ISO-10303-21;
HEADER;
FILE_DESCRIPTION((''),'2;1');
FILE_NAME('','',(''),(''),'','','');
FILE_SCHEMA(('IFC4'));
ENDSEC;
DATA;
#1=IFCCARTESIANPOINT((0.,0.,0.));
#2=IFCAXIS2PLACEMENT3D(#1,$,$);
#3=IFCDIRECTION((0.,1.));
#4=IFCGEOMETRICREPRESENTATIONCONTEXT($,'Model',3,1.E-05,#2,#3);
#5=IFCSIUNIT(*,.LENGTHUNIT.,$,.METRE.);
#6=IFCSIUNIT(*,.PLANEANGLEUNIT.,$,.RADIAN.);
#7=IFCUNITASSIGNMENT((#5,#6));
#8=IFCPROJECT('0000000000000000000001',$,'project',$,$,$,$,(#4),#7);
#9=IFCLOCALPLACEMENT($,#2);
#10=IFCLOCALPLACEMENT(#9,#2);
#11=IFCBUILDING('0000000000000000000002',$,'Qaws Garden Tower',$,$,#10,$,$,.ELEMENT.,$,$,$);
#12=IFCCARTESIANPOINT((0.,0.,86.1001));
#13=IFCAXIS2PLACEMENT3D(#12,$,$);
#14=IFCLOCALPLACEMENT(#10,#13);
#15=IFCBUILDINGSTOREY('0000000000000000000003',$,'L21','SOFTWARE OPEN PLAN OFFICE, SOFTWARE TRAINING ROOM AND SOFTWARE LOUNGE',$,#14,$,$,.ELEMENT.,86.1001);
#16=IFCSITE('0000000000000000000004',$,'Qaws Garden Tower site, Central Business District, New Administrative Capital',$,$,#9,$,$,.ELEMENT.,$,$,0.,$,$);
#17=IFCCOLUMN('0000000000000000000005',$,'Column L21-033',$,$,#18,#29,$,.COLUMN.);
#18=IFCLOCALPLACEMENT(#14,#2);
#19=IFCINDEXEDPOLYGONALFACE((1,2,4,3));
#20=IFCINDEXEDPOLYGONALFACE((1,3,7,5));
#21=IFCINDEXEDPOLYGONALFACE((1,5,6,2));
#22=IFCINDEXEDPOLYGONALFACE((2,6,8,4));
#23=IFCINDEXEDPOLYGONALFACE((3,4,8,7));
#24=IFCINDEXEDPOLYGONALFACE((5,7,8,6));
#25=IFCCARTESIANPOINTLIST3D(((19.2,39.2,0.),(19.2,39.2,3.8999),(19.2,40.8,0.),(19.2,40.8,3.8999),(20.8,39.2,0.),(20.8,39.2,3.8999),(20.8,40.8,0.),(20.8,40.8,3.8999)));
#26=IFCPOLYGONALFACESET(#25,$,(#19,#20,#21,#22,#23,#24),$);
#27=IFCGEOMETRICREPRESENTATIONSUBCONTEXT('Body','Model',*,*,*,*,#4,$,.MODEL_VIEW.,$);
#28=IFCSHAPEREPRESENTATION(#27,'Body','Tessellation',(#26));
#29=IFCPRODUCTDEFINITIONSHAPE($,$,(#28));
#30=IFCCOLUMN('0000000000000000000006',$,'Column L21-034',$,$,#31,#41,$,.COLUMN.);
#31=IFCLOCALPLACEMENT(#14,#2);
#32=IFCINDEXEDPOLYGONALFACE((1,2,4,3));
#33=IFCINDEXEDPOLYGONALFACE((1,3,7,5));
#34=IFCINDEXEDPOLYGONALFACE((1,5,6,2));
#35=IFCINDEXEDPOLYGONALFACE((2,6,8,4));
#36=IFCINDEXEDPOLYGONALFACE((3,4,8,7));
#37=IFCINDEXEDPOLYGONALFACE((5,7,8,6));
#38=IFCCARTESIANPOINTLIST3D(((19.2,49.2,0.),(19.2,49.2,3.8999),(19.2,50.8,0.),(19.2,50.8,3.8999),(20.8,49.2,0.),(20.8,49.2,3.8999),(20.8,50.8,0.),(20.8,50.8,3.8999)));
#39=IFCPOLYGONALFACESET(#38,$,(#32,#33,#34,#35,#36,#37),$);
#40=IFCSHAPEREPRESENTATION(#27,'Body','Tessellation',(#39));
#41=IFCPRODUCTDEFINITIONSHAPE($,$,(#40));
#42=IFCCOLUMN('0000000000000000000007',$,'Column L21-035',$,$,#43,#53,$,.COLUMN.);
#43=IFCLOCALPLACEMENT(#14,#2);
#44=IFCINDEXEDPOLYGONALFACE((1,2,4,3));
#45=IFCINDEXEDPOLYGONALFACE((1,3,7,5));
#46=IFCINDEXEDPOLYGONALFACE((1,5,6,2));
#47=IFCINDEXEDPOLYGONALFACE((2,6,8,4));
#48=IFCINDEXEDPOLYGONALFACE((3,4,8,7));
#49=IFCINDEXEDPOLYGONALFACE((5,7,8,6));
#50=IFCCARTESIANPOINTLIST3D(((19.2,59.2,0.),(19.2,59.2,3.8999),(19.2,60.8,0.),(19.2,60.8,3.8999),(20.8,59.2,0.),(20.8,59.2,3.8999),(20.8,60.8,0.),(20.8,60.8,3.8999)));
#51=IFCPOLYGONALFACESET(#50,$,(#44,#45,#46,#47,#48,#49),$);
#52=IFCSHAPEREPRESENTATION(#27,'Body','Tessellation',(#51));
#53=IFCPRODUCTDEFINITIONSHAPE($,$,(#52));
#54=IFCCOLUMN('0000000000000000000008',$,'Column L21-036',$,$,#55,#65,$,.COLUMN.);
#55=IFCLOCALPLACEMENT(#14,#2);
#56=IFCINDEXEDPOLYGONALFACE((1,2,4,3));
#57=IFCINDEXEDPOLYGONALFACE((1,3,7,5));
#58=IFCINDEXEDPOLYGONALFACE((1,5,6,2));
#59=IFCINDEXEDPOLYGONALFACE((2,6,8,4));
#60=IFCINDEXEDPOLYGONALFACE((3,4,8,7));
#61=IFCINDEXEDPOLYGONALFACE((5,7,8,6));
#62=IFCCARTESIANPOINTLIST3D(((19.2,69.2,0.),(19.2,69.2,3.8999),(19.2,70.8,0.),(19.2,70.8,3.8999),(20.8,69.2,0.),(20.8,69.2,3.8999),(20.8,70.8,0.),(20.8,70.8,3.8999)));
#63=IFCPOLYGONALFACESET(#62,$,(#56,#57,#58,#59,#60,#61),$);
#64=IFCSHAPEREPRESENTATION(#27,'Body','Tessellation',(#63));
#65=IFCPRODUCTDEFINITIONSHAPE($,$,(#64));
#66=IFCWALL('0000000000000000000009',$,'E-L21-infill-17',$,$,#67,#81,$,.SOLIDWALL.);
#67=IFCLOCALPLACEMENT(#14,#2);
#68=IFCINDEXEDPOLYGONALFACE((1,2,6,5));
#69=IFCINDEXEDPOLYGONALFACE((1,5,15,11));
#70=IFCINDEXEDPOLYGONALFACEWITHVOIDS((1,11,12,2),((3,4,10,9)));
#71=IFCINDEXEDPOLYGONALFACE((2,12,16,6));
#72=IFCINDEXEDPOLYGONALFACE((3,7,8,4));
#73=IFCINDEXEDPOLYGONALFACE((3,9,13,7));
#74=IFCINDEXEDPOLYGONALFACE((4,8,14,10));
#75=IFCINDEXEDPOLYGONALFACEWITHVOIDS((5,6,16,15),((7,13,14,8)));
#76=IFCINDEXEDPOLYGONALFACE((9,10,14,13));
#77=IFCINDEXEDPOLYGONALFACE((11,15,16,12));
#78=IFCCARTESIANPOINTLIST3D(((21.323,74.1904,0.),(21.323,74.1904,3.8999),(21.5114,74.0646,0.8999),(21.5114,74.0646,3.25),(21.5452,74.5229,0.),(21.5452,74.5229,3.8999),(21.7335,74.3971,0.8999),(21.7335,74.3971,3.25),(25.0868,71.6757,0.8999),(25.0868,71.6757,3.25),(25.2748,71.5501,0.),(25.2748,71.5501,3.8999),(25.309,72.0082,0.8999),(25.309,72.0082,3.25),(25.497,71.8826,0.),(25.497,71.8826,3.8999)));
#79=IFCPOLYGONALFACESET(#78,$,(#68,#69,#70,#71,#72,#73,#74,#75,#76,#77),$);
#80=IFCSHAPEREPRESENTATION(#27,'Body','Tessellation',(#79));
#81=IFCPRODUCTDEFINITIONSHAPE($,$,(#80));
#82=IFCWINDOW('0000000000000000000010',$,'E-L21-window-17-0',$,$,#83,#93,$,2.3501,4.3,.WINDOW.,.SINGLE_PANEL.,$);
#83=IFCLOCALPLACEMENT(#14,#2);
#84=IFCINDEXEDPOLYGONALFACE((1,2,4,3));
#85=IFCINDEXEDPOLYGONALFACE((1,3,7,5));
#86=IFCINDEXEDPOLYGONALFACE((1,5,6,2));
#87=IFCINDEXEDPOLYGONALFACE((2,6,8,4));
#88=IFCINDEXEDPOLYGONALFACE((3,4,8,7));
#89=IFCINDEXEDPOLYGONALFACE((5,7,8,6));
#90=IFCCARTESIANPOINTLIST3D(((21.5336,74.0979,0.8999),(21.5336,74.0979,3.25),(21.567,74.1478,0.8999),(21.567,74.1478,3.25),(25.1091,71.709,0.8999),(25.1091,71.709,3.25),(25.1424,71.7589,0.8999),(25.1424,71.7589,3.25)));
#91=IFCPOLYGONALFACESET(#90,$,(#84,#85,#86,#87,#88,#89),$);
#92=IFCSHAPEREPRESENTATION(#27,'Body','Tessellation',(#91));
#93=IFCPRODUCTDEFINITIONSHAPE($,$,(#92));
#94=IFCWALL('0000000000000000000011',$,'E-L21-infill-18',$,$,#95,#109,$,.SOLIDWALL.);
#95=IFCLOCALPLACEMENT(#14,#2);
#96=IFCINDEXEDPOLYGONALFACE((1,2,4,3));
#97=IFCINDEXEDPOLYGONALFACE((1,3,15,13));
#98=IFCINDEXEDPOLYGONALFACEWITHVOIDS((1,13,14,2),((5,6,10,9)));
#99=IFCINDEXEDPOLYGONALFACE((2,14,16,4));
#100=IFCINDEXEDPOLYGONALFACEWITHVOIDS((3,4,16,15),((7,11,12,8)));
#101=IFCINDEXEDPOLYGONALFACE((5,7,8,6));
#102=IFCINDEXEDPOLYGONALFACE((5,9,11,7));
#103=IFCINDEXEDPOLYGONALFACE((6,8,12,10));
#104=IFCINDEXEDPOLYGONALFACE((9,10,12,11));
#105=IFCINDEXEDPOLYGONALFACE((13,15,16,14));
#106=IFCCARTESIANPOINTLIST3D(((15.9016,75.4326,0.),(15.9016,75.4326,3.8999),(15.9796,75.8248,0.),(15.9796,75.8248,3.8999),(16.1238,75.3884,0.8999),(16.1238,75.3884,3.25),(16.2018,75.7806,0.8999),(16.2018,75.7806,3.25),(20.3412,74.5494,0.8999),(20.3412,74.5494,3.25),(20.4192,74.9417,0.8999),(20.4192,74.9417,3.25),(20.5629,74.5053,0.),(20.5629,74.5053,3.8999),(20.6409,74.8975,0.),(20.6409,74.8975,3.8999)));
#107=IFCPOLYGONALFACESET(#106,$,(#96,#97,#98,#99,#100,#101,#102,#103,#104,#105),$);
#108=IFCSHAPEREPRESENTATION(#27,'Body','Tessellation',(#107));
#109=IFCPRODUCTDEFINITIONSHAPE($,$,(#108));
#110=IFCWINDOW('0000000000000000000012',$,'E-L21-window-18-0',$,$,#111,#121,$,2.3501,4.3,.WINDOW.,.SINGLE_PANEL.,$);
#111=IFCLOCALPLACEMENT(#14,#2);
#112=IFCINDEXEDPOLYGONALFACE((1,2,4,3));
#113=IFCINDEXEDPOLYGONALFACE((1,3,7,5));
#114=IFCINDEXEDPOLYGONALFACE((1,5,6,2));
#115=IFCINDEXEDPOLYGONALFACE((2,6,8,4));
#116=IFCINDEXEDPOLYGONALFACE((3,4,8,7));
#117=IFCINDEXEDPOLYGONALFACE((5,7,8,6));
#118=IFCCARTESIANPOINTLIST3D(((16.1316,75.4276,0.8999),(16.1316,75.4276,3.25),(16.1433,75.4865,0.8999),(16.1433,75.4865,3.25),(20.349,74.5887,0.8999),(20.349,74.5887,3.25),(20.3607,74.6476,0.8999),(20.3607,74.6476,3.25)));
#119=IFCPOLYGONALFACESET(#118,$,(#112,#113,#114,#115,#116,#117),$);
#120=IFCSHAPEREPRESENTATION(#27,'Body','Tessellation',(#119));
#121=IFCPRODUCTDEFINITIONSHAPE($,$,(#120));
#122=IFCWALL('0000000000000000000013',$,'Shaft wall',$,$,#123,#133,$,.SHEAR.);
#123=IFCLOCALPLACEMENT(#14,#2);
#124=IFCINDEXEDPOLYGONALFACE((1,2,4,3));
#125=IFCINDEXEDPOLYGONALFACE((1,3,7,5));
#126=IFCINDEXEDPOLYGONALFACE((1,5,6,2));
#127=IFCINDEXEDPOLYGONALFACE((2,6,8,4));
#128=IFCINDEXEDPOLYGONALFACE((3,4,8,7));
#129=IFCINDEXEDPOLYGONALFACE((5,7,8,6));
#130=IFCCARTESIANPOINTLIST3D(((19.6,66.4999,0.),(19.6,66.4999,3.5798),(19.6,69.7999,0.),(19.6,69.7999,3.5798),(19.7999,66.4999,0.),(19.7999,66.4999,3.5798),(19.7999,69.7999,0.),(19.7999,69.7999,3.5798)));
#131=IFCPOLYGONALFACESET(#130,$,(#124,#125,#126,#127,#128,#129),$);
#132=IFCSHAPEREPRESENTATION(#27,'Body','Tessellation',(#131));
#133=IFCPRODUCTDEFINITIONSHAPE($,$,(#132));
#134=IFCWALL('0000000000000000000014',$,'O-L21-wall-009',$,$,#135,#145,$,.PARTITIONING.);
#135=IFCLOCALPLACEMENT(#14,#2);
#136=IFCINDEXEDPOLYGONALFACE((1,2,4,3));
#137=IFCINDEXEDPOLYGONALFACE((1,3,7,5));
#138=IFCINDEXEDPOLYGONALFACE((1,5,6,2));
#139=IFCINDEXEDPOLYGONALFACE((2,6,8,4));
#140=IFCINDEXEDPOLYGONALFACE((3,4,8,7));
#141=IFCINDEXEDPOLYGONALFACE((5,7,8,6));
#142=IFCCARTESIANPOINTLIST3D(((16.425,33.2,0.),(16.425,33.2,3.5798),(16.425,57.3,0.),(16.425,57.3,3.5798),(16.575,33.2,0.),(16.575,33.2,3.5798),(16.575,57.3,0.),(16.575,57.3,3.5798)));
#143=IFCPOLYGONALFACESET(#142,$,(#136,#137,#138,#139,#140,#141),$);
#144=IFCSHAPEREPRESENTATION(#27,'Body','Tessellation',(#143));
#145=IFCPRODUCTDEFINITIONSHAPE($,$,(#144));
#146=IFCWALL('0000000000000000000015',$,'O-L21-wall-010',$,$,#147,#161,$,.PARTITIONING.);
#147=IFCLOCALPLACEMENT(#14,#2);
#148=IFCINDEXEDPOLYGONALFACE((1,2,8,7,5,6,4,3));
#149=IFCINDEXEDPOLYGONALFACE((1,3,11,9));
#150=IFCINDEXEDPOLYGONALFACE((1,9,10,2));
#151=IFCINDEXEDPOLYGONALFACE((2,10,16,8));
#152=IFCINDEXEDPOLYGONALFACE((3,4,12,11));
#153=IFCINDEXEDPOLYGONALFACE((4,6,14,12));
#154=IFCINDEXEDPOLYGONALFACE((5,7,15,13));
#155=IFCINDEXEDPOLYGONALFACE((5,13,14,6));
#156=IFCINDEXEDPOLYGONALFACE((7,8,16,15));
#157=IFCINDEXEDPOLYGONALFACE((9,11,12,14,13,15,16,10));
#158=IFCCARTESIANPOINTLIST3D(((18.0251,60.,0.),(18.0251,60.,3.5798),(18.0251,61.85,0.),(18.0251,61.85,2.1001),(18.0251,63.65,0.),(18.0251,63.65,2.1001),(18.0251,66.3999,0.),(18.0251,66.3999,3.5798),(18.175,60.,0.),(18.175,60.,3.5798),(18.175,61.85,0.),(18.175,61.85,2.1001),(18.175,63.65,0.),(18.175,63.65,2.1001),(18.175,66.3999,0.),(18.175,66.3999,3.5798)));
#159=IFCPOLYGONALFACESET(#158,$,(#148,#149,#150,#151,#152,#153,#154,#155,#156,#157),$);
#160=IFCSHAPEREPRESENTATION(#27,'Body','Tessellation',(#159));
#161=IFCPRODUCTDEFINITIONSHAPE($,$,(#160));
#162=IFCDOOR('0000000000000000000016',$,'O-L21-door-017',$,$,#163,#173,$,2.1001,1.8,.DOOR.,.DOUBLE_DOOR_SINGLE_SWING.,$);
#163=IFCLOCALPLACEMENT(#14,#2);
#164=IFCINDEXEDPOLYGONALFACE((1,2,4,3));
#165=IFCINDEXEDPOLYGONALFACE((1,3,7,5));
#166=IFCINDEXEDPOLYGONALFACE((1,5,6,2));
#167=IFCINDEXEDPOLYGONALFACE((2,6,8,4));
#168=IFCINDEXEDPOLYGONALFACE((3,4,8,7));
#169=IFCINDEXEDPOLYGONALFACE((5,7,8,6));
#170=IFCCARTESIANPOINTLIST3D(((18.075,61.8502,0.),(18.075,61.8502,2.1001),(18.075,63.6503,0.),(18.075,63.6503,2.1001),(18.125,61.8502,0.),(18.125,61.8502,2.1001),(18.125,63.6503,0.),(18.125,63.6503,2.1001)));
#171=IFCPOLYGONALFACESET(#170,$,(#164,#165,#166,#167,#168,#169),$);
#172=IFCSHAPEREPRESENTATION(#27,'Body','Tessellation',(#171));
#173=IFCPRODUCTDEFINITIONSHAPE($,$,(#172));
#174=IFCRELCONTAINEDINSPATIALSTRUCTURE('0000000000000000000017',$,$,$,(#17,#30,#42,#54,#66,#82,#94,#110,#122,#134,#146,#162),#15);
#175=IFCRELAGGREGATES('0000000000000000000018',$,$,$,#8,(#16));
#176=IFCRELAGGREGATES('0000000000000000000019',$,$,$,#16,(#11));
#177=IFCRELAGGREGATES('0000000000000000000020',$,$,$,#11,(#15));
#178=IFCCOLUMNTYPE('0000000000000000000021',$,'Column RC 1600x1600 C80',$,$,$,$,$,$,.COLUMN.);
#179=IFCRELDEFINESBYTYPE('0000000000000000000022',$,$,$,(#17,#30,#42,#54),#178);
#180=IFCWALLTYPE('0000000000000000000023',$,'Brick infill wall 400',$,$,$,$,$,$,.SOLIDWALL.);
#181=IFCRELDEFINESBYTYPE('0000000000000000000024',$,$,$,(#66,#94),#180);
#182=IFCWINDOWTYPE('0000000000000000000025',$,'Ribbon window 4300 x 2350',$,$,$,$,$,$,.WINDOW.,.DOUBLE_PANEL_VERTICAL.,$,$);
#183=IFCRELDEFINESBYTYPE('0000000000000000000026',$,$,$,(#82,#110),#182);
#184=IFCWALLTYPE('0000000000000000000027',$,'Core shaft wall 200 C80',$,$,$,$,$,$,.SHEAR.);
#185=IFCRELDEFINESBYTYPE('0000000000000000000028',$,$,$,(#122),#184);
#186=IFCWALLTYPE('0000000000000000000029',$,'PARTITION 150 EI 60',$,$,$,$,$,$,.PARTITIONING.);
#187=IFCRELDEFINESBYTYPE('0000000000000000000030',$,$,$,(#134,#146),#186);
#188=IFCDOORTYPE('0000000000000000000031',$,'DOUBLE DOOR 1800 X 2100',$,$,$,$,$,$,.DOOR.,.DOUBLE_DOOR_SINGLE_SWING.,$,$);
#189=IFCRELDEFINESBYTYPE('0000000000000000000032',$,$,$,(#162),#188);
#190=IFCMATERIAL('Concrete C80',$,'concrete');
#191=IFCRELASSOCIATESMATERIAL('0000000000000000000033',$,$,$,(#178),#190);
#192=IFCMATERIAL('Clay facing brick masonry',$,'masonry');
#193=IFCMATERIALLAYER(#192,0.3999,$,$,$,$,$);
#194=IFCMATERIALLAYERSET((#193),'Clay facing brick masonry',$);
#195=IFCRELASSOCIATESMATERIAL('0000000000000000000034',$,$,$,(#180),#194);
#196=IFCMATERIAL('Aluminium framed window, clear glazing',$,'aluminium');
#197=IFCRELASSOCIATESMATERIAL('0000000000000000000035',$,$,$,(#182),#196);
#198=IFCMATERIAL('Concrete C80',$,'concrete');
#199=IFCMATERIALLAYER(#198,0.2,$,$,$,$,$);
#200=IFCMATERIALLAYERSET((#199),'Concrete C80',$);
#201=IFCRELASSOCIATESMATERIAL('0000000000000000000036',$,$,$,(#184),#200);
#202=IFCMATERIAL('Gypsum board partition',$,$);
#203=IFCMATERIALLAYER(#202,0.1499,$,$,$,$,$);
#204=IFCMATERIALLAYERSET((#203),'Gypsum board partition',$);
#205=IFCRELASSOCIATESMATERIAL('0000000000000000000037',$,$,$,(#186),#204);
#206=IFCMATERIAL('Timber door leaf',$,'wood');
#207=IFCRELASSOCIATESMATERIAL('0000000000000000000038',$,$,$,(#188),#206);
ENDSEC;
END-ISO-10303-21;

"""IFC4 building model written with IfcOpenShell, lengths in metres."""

from ifc_helpers import new_model, si_unit, direction, frame, frame_2d, origin, origin_2d, place, context, subcontext, project, spatial, rectangle, extrude, material, layer, layer_set, material_profile, profile_set, type_object, element, fill, save


model = new_model("IFC4")

# Units and contexts
model_context = context("Model", 3, precision=1e-05, world=origin(), true_north=direction((0.0, 1.0)))
body_context = subcontext(model_context, "Body", "Model", "MODEL_VIEW")
ifc_project = project(units=[si_unit("LENGTHUNIT", "METRE"), si_unit("PLANEANGLEUNIT", "RADIAN")], contexts=[model_context])

# Site, building, storey
site_placement = place(None, origin())
site = spatial("IfcSite", under=ifc_project, at=site_placement, Name="Qaws Garden Tower site, Central Business District, New Administrative Capital", CompositionType="ELEMENT", RefElevation=0.0)
building_placement = place(site_placement, origin())
building = spatial("IfcBuilding", under=site, at=building_placement, Name="Qaws Garden Tower", CompositionType="ELEMENT")
storey_placement = place(building_placement, frame((0.0, 0.0, 86.1001)))
storey = spatial("IfcBuildingStorey", under=building, at=storey_placement, Name="L21", Description="SOFTWARE OPEN PLAN OFFICE, SOFTWARE TRAINING ROOM AND SOFTWARE LOUNGE", CompositionType="ELEMENT", Elevation=86.1001)

# Columns
ifc_material_1 = material(Name="Concrete C80", Category="concrete")
ifc_material_profile = material_profile(ifc_material_1, rectangle(XDim=1.6001, YDim=1.6001, at=origin_2d()), Name="RC 1600x1600")
ifc_profile_set = profile_set([ifc_material_profile], Name="Concrete C80")
column_type = type_object("IfcColumnType", Name="Column RC 1600x1600 C80", PredefinedType="COLUMN", material=ifc_profile_set)
for number, where, z_axis, x_axis, name in (
    (1, (20.0, 40.0, 0.0), (0.0, 0.0, 1.0), (1.0, 0.0, 0.0), "Column L21-033"),
    (2, (20.0, 50.0, 0.0), (0.0, 0.0, 1.0), (1.0, 0.0, 0.0), "Column L21-034"),
    (3, (20.0, 60.0, 0.0), (0.0, 0.0, 1.0), (1.0, 0.0, 0.0), "Column L21-035"),
    (4, (20.0, 70.0, 0.0), (0.0, 0.0, 1.0), (1.0, 0.0, 0.0), "Column L21-036"),
):
    element("IfcColumn", number, at=place(storey_placement, frame(where, z_axis=z_axis, x_axis=x_axis)), inside=storey, type_object=column_type, Name=name, PredefinedType="COLUMN", context=body_context, shape_type="SweptSolid", body=[
        extrude(rectangle(XDim=1.6001, YDim=1.6001, at=origin_2d()), origin(), (0.0, 0.0, 1.0), 3.8999),
    ])

# Walls, openings, windows
ifc_material_2 = material(Name="Clay facing brick masonry", Category="masonry")
ifc_layer_1 = layer(ifc_material_2, 0.3999)
ifc_layer_set_1 = layer_set([ifc_layer_1], Name="Clay facing brick masonry")
wall_type_1 = type_object("IfcWallType", Name="Brick infill wall 400", PredefinedType="SOLIDWALL", material=ifc_layer_set_1)
wall_1_placement = place(storey_placement, frame((25.386, 71.7163, 0.0), z_axis=(0.0, 0.0, 1.0), x_axis=(-0.831489, 0.555542, 0.0)))
wall_1 = element("IfcWall", 5, at=wall_1_placement, inside=storey, type_object=wall_type_1, Name="E-L21-infill-17", PredefinedType="SOLIDWALL", context=body_context, shape_type="SweptSolid", body=[
    extrude(rectangle(XDim=4.7527, YDim=0.3999, at=frame_2d((2.3765, 0.0))), origin(), (0.0, 0.0, 1.0), 3.8999),
])
opening_1_placement = place(wall_1_placement, frame((0.2263, 0.0, 0.8999)))
opening_1 = element("IfcOpeningElement", 6, at=opening_1_placement, cuts=wall_1, PredefinedType="OPENING", context=body_context, shape_type="SweptSolid", body=[
    extrude(rectangle(XDim=4.3, YDim=2.3501, at=frame_2d((2.1499, 1.175))), frame((0.0, 0.21, 0.0), z_axis=(0.0, -1.0, 0.0), x_axis=(1.0, 0.0, 0.0)), (0.0, 0.0, 1.0), 0.4199),
])
ifc_material_3 = material(Name="Aluminium framed window, clear glazing", Category="aluminium")
window_type = type_object("IfcWindowType", Name="Ribbon window 4300 x 2350", PartitioningType="DOUBLE_PANEL_VERTICAL", PredefinedType="WINDOW", material=ifc_material_3)
window_1_placement = place(opening_1_placement, origin())
window_1 = element("IfcWindow", 7, at=window_1_placement, inside=storey, type_object=window_type, Name="E-L21-window-17-0", OverallHeight=2.3501, OverallWidth=4.3, PartitioningType="SINGLE_PANEL", PredefinedType="WINDOW", context=body_context, shape_type="SweptSolid", body=[
    extrude(rectangle(XDim=4.3, YDim=2.3501, at=frame_2d((2.1499, 1.175))), frame((0.0, 0.1599, 0.0), z_axis=(0.0, -1.0, 0.0), x_axis=(1.0, 0.0, 0.0)), (0.0, 0.0, 1.0), 0.0601),
])
fill(opening_1, window_1)
wall_2_placement = place(storey_placement, frame((20.6021, 74.7014, 0.0), z_axis=(0.0, 0.0, 1.0), x_axis=(-0.980784, 0.195099, 0.0)))
wall_2 = element("IfcWall", 8, at=wall_2_placement, inside=storey, type_object=wall_type_1, Name="E-L21-infill-18", PredefinedType="SOLIDWALL", context=body_context, shape_type="SweptSolid", body=[
    extrude(rectangle(XDim=4.7527, YDim=0.3999, at=frame_2d((2.3765, 0.0))), origin(), (0.0, 0.0, 1.0), 3.8999),
])
opening_2_placement = place(wall_2_placement, frame((0.2263, 0.0, 0.8999)))
opening_2 = element("IfcOpeningElement", 9, at=opening_2_placement, cuts=wall_2, PredefinedType="OPENING", context=body_context, shape_type="SweptSolid", body=[
    extrude(rectangle(XDim=4.3, YDim=2.3501, at=frame_2d((2.1499, 1.175))), frame((0.0, 0.21, 0.0), z_axis=(0.0, -1.0, 0.0), x_axis=(1.0, 0.0, 0.0)), (0.0, 0.0, 1.0), 0.4199),
])
window_2_placement = place(opening_2_placement, origin())
window_2 = element("IfcWindow", 10, at=window_2_placement, inside=storey, type_object=window_type, Name="E-L21-window-18-0", OverallHeight=2.3501, OverallWidth=4.3, PartitioningType="SINGLE_PANEL", PredefinedType="WINDOW", context=body_context, shape_type="SweptSolid", body=[
    extrude(rectangle(XDim=4.3, YDim=2.3501, at=frame_2d((2.1499, 1.175))), frame((0.0, 0.1599, 0.0), z_axis=(0.0, -1.0, 0.0), x_axis=(1.0, 0.0, 0.0)), (0.0, 0.0, 1.0), 0.0601),
])
fill(opening_2, window_2)

# Walls
ifc_material_4 = material(Name="Concrete C80", Category="concrete")
ifc_layer_2 = layer(ifc_material_4, 0.2)
ifc_layer_set_2 = layer_set([ifc_layer_2], Name="Concrete C80")
wall_type_2 = type_object("IfcWallType", Name="Core shaft wall 200 C80", PredefinedType="SHEAR", material=ifc_layer_set_2)
wall_3_placement = place(storey_placement, frame((19.7, 66.5, 0.0), z_axis=(0.0, 0.0, 1.0), x_axis=(0.0, 1.0, 0.0)))
element("IfcWall", 11, at=wall_3_placement, inside=storey, type_object=wall_type_2, Name="Shaft wall", PredefinedType="SHEAR", context=body_context, shape_type="SweptSolid", body=[
    extrude(rectangle(XDim=3.3, YDim=0.2, at=frame_2d((1.6499, 0.0))), origin(), (0.0, 0.0, 1.0), 3.5798),
])
ifc_material_5 = material(Name="Gypsum board partition")
ifc_layer_3 = layer(ifc_material_5, 0.1499)
ifc_layer_set_3 = layer_set([ifc_layer_3], Name="Gypsum board partition")
wall_type_3 = type_object("IfcWallType", Name="PARTITION 150 EI 60", PredefinedType="PARTITIONING", material=ifc_layer_set_3)
wall_4_placement = place(storey_placement, frame((16.5, 33.2, 0.0), z_axis=(0.0, 0.0, 1.0), x_axis=(0.0, 1.0, 0.0)))
element("IfcWall", 12, at=wall_4_placement, inside=storey, type_object=wall_type_3, Name="O-L21-wall-009", PredefinedType="PARTITIONING", context=body_context, shape_type="SweptSolid", body=[
    extrude(rectangle(XDim=24.1001, YDim=0.1499, at=frame_2d((12.05, 0.0))), origin(), (0.0, 0.0, 1.0), 3.5798),
])

# Wall, opening, door
wall_5_placement = place(storey_placement, frame((18.1001, 60.0, 0.0), z_axis=(0.0, 0.0, 1.0), x_axis=(0.0, 1.0, 0.0)))
wall_5 = element("IfcWall", 13, at=wall_5_placement, inside=storey, type_object=wall_type_3, Name="O-L21-wall-010", PredefinedType="PARTITIONING", context=body_context, shape_type="SweptSolid", body=[
    extrude(rectangle(XDim=6.3999, YDim=0.1499, at=frame_2d((3.2, 0.0))), origin(), (0.0, 0.0, 1.0), 3.5798),
])
opening_3_placement = place(wall_5_placement, frame((1.8501, 0.0, 0.0)))
opening_3 = element("IfcOpeningElement", 14, at=opening_3_placement, cuts=wall_5, PredefinedType="OPENING", context=body_context, shape_type="SweptSolid", body=[
    extrude(rectangle(XDim=1.8, YDim=2.1001, at=frame_2d((0.8999, 1.05))), frame((0.0, 0.085, 0.0), z_axis=(0.0, -1.0, 0.0), x_axis=(1.0, 0.0, 0.0)), (0.0, 0.0, 1.0), 0.1699),
])
ifc_material_6 = material(Name="Timber door leaf", Category="wood")
door_type_1 = type_object("IfcDoorType", Name="DOUBLE DOOR 1800 X 2100", OperationType="DOUBLE_DOOR_SINGLE_SWING", PredefinedType="DOOR", material=ifc_material_6)
door_1_placement = place(opening_3_placement, frame((1.8, 0.0, 0.0), z_axis=(0.0, 0.0, 1.0), x_axis=(-1.0, 0.0, 0.0)))
door_1 = element("IfcDoor", 15, at=door_1_placement, inside=storey, type_object=door_type_1, Name="O-L21-door-017", OperationType="DOUBLE_DOOR_SINGLE_SWING", OverallHeight=2.1001, OverallWidth=1.8, PredefinedType="DOOR", context=body_context, shape_type="SweptSolid", body=[
    extrude(rectangle(XDim=1.8, YDim=2.1001, at=frame_2d((0.8999, 1.05))), frame((0.0, 0.0249, 0.0), z_axis=(0.0, -1.0, 0.0), x_axis=(1.0, 0.0, 0.0)), (0.0, 0.0, 1.0), 0.05),
])
fill(opening_3, door_1)

save(model, "model.ifc")
